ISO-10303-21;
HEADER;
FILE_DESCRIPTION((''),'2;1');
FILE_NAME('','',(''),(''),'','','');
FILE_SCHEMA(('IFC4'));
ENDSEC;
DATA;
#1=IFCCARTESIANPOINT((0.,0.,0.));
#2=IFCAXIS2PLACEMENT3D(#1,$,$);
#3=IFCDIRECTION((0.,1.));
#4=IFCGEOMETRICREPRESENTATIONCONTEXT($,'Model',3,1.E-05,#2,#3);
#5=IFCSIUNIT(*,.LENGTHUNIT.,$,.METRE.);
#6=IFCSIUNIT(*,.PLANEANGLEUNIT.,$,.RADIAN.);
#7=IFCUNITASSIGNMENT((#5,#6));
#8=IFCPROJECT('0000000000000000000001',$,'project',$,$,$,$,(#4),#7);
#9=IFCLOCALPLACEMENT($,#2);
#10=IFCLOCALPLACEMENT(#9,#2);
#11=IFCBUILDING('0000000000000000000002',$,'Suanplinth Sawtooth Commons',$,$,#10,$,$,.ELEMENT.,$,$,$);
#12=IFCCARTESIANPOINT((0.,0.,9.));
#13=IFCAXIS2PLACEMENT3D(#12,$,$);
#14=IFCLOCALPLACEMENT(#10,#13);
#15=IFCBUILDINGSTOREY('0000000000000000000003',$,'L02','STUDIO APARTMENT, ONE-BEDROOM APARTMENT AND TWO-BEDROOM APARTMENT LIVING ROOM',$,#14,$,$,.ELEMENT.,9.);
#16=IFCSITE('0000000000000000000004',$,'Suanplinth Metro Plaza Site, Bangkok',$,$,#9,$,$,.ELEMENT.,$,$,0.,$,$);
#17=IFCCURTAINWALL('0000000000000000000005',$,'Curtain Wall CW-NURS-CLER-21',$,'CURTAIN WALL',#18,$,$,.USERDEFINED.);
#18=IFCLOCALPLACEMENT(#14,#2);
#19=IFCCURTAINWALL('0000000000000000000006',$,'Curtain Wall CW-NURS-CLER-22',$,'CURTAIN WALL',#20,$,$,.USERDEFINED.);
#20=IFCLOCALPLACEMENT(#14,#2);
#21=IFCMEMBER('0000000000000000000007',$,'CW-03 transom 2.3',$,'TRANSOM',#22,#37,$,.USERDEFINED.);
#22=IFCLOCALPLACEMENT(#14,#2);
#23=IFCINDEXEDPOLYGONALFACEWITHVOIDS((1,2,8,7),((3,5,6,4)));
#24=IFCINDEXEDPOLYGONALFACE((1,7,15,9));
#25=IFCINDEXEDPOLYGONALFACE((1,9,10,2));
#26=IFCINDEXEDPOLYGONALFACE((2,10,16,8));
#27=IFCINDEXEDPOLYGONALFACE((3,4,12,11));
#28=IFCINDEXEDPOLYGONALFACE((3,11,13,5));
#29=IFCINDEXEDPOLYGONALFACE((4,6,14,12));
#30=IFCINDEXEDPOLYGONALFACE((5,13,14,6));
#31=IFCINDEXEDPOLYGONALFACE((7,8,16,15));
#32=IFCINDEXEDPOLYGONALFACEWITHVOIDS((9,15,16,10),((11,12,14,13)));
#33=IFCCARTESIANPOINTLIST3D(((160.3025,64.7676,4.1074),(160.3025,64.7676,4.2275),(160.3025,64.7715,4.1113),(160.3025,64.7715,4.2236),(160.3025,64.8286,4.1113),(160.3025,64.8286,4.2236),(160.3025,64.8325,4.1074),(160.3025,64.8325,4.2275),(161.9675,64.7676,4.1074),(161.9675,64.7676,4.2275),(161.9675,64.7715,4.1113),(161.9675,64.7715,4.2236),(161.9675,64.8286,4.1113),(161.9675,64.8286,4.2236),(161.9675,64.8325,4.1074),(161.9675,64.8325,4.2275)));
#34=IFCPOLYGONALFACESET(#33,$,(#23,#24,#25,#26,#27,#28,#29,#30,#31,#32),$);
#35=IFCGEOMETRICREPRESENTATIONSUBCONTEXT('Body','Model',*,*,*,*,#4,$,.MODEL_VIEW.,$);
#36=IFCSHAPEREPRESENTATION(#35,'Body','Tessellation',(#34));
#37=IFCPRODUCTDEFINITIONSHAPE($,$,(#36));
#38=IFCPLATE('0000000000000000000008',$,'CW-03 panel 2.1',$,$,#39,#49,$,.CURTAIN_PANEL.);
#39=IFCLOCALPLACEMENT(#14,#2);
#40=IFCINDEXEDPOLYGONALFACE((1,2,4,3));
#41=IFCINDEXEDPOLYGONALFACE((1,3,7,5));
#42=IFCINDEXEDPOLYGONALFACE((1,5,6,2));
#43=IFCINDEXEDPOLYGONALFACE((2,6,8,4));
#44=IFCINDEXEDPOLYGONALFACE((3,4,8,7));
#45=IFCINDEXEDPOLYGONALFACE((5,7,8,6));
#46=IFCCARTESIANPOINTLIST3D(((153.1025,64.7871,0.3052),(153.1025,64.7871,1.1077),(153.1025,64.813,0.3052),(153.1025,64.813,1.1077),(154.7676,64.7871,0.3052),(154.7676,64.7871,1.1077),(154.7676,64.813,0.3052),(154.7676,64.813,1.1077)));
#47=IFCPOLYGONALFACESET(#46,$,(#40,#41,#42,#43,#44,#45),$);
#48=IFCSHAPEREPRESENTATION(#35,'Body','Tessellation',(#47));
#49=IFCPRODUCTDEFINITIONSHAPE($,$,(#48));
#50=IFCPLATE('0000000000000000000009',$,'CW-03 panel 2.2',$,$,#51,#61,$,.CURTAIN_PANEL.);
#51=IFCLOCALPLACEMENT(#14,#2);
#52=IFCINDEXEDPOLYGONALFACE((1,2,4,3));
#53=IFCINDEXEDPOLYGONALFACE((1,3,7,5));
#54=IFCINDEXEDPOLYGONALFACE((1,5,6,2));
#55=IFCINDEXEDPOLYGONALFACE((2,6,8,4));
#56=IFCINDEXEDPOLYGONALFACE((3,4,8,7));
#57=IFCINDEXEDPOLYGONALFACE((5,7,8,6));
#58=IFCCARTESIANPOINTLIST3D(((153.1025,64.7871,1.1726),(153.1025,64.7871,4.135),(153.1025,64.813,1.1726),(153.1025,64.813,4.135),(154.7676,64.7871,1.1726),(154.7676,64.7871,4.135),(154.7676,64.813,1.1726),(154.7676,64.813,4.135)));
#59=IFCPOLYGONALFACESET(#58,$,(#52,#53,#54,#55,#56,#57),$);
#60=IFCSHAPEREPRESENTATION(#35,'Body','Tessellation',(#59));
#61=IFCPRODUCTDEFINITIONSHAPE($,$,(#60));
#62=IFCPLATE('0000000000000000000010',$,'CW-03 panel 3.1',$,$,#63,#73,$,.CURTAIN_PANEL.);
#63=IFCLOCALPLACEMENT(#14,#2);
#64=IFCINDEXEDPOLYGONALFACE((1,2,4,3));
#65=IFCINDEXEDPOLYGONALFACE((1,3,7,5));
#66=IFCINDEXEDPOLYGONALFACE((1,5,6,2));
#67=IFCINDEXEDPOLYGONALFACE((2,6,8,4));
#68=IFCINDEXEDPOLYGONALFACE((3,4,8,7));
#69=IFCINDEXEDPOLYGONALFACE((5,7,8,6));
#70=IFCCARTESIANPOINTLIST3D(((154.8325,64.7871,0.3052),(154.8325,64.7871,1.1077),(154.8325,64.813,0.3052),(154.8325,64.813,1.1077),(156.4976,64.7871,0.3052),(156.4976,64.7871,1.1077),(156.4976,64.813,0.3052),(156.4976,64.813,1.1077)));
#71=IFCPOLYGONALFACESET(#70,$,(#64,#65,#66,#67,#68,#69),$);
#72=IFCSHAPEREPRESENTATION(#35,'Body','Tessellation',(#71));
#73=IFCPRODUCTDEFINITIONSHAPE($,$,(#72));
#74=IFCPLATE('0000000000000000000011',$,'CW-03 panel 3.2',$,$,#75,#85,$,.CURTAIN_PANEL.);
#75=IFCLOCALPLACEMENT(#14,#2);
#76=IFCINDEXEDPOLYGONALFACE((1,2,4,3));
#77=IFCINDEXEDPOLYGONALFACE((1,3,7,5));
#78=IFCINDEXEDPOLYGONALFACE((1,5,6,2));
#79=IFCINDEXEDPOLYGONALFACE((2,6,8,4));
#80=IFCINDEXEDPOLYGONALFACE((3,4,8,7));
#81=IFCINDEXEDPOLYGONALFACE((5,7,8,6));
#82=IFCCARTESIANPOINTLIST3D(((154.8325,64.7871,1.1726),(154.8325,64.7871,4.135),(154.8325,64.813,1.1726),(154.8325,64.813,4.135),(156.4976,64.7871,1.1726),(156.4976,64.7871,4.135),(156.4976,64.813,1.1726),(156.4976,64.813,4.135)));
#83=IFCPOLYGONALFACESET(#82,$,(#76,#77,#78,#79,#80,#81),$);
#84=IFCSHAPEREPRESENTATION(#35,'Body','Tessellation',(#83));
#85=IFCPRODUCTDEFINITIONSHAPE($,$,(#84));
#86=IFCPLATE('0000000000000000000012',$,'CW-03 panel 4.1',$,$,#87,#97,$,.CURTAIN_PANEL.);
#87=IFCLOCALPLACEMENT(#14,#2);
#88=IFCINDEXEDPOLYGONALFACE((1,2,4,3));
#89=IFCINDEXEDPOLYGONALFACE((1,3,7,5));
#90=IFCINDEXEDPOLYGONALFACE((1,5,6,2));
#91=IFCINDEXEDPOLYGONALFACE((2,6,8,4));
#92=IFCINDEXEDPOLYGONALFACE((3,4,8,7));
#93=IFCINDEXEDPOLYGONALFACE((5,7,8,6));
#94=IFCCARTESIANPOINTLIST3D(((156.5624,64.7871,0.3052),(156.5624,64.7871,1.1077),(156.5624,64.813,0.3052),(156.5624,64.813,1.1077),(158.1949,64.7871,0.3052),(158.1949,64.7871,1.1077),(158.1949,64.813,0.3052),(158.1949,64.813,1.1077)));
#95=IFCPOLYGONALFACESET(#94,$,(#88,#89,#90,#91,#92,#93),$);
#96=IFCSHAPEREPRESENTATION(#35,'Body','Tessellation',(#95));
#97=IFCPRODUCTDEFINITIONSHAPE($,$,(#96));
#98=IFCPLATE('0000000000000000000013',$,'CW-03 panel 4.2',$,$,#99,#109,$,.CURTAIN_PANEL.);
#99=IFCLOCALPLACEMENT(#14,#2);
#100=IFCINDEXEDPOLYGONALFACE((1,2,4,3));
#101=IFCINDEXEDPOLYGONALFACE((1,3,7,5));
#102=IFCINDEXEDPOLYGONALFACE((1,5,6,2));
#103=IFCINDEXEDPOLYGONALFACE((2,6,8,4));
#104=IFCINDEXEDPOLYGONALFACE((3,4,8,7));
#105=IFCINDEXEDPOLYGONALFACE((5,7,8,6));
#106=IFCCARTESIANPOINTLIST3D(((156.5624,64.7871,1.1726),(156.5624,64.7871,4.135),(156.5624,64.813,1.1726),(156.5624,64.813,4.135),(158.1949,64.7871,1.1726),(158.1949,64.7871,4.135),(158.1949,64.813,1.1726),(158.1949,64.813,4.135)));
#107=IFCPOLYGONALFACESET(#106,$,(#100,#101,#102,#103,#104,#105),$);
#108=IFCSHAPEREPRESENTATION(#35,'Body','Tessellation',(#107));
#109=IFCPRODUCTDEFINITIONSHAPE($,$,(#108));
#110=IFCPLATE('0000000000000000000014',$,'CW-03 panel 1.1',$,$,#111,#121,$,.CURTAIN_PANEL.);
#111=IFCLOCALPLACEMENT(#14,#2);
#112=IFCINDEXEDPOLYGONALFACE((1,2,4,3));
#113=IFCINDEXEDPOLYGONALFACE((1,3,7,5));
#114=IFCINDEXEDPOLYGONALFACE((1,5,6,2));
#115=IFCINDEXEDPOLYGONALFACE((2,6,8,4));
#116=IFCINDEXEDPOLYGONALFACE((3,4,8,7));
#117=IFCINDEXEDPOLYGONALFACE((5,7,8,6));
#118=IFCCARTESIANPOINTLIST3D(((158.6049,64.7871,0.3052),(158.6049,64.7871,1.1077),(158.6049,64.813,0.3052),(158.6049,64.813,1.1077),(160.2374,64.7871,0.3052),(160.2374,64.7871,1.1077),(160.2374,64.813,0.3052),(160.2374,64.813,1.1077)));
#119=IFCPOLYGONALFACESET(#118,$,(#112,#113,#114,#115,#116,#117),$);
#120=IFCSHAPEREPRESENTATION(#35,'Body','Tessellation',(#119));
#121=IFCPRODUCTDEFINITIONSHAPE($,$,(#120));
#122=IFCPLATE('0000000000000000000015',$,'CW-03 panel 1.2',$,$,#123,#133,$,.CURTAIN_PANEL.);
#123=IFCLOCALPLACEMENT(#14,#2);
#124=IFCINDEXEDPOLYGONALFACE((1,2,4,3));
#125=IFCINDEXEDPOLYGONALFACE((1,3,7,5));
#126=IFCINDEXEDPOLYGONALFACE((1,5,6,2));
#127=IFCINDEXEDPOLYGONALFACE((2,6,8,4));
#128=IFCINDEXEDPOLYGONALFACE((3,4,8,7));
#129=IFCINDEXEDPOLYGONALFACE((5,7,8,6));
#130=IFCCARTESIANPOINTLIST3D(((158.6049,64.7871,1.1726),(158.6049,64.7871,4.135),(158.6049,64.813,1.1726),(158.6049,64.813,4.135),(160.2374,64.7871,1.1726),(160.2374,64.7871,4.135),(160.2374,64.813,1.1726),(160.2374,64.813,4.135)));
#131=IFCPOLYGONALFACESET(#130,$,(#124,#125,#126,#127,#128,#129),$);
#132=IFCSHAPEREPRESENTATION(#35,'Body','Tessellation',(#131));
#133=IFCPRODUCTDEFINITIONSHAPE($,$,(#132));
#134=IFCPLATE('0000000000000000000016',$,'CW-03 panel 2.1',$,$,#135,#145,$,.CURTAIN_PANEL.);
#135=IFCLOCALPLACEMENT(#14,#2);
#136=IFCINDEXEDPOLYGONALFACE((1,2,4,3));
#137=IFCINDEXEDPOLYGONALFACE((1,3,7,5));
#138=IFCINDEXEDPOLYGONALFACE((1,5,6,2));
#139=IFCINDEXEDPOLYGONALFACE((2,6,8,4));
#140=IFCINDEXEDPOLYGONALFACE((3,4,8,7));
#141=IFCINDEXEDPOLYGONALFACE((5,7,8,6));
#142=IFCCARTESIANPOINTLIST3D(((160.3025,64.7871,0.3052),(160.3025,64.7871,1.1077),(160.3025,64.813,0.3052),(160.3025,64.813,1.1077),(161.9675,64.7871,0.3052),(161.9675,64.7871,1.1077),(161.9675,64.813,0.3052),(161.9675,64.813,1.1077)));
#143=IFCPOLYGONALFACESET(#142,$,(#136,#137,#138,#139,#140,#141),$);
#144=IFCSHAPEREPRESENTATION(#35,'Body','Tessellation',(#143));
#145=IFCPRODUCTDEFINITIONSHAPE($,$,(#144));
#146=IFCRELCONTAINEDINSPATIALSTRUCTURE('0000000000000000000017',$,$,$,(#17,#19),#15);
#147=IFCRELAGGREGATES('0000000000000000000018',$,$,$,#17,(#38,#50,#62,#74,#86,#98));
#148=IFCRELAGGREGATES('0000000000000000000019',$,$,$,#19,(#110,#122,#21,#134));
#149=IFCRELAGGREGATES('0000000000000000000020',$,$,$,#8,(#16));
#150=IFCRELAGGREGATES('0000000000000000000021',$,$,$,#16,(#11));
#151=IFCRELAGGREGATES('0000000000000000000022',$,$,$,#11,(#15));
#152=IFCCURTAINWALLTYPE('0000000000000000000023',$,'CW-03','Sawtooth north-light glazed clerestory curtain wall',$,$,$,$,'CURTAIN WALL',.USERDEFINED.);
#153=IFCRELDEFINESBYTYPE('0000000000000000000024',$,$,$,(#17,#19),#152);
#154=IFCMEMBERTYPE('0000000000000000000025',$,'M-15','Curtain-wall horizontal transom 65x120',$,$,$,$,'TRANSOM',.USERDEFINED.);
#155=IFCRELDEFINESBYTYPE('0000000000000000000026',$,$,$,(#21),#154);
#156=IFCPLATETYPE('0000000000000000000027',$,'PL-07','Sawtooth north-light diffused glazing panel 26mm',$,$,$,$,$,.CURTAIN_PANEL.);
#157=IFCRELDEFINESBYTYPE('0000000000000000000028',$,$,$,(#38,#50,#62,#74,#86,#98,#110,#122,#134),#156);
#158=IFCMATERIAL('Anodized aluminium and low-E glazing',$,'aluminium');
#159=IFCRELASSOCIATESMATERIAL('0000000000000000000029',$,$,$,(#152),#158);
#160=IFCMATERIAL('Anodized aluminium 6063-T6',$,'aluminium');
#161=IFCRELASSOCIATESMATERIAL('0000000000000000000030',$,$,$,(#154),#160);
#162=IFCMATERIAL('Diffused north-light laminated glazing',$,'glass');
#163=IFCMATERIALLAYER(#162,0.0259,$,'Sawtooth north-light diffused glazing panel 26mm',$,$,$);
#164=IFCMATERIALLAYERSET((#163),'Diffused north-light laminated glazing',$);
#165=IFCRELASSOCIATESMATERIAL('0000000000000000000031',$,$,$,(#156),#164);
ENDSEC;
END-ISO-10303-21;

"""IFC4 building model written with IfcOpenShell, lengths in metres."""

from ifc_helpers import new_model, si_unit, direction, frame, origin, origin_2d, place, context, subcontext, project, spatial, rectangle, hollow_rectangle, extrude, material, layer, layer_set, material_profile, profile_set, type_object, element, aggregate, save


model = new_model("IFC4")

# Units and contexts
model_context = context("Model", 3, precision=1e-05, world=origin(), true_north=direction((0.0, 1.0)))
body_context = subcontext(model_context, "Body", "Model", "MODEL_VIEW")
ifc_project = project(units=[si_unit("LENGTHUNIT", "METRE"), si_unit("PLANEANGLEUNIT", "RADIAN")], contexts=[model_context])

# Site, building, storey
site_placement = place(None, origin())
site = spatial("IfcSite", under=ifc_project, at=site_placement, Name="Suanplinth Metro Plaza Site, Bangkok", CompositionType="ELEMENT", RefElevation=0.0)
building_placement = place(site_placement, origin())
building = spatial("IfcBuilding", under=site, at=building_placement, Name="Suanplinth Sawtooth Commons", CompositionType="ELEMENT")
storey_placement = place(building_placement, frame((0.0, 0.0, 9.0)))
storey = spatial("IfcBuildingStorey", under=building, at=storey_placement, Name="L02", Description="STUDIO APARTMENT, ONE-BEDROOM APARTMENT AND TWO-BEDROOM APARTMENT LIVING ROOM", CompositionType="ELEMENT", Elevation=9.0)

# Curtain walls
ifc_material_1 = material(Name="Anodized aluminium and low-E glazing", Category="aluminium")
curtain_wall_type = type_object("IfcCurtainWallType", Name="CW-03", Description="Sawtooth north-light glazed clerestory curtain wall", ElementType="CURTAIN WALL", PredefinedType="USERDEFINED", material=ifc_material_1)
curtain_wall_1_placement = place(storey_placement, origin())
curtain_wall_1 = element("IfcCurtainWall", 1, at=curtain_wall_1_placement, inside=storey, type_object=curtain_wall_type, Name="Curtain Wall CW-NURS-CLER-21", ObjectType="CURTAIN WALL", PredefinedType="USERDEFINED")
ifc_material_2 = material(Name="Anodized aluminium 6063-T6", Category="aluminium")
curtain_wall_2_placement = place(storey_placement, origin())
curtain_wall_2 = element("IfcCurtainWall", 2, at=curtain_wall_2_placement, inside=storey, type_object=curtain_wall_type, Name="Curtain Wall CW-NURS-CLER-22", ObjectType="CURTAIN WALL", PredefinedType="USERDEFINED")

# Member
ifc_material_profile_1 = material_profile(ifc_material_2, hollow_rectangle(XDim=0.0649, YDim=0.1201, WallThickness=0.0039, at=origin_2d()), Name="ALU-TRN 65x120")
ifc_profile_set_1 = profile_set([ifc_material_profile_1], Name="Anodized aluminium 6063-T6")
member_type_1 = type_object("IfcMemberType", Name="M-15", Description="Curtain-wall horizontal transom 65x120", ElementType="TRANSOM", PredefinedType="USERDEFINED", material=ifc_profile_set_1)
member_1_placement = place(storey_placement, frame((160.3025, 64.8, 4.1675), z_axis=(1.0, 0.0, 0.0), x_axis=(0.0, 1.0, 0.0)))
member_1 = element("IfcMember", 3, at=member_1_placement, type_object=member_type_1, Name="CW-03 transom 2.3", ObjectType="TRANSOM", PredefinedType="USERDEFINED", context=body_context, shape_type="SweptSolid", body=[
    extrude(hollow_rectangle(XDim=0.0649, YDim=0.1201, WallThickness=0.0039, at=origin_2d()), origin(), (0.0, 0.0, 1.0), 1.665),
])

# Plates
ifc_material_3 = material(Name="Diffused north-light laminated glazing", Category="glass")
ifc_layer = layer(ifc_material_3, 0.0259, Name="Sawtooth north-light diffused glazing panel 26mm")
ifc_layer_set = layer_set([ifc_layer], Name="Diffused north-light laminated glazing")
plate_type = type_object("IfcPlateType", Name="PL-07", Description="Sawtooth north-light diffused glazing panel 26mm", PredefinedType="CURTAIN_PANEL", material=ifc_layer_set)
plate_1_placement = place(storey_placement, frame((153.9351, 64.8, 0.3052), z_axis=(0.0, 0.0, 1.0), x_axis=(1.0, 0.0, 0.0)))
plate_1 = element("IfcPlate", 4, at=plate_1_placement, type_object=plate_type, Name="CW-03 panel 2.1", PredefinedType="CURTAIN_PANEL", context=body_context, shape_type="SweptSolid", body=[
    extrude(rectangle(XDim=1.665, YDim=0.0259, at=origin_2d()), origin(), (0.0, 0.0, 1.0), 0.8025),
])
plate_2_placement = place(storey_placement, frame((153.9351, 64.8, 1.1726), z_axis=(0.0, 0.0, 1.0), x_axis=(1.0, 0.0, 0.0)))
plate_2 = element("IfcPlate", 5, at=plate_2_placement, type_object=plate_type, Name="CW-03 panel 2.2", PredefinedType="CURTAIN_PANEL", context=body_context, shape_type="SweptSolid", body=[
    extrude(rectangle(XDim=1.665, YDim=0.0259, at=origin_2d()), origin(), (0.0, 0.0, 1.0), 2.9624),
])
plate_3_placement = place(storey_placement, frame((155.665, 64.8, 0.3052), z_axis=(0.0, 0.0, 1.0), x_axis=(1.0, 0.0, 0.0)))
plate_3 = element("IfcPlate", 6, at=plate_3_placement, type_object=plate_type, Name="CW-03 panel 3.1", PredefinedType="CURTAIN_PANEL", context=body_context, shape_type="SweptSolid", body=[
    extrude(rectangle(XDim=1.665, YDim=0.0259, at=origin_2d()), origin(), (0.0, 0.0, 1.0), 0.8025),
])
plate_4_placement = place(storey_placement, frame((155.665, 64.8, 1.1726), z_axis=(0.0, 0.0, 1.0), x_axis=(1.0, 0.0, 0.0)))
plate_4 = element("IfcPlate", 7, at=plate_4_placement, type_object=plate_type, Name="CW-03 panel 3.2", PredefinedType="CURTAIN_PANEL", context=body_context, shape_type="SweptSolid", body=[
    extrude(rectangle(XDim=1.665, YDim=0.0259, at=origin_2d()), origin(), (0.0, 0.0, 1.0), 2.9624),
])
plate_5_placement = place(storey_placement, frame((157.3787, 64.8, 0.3052), z_axis=(0.0, 0.0, 1.0), x_axis=(1.0, 0.0, 0.0)))
plate_5 = element("IfcPlate", 8, at=plate_5_placement, type_object=plate_type, Name="CW-03 panel 4.1", PredefinedType="CURTAIN_PANEL", context=body_context, shape_type="SweptSolid", body=[
    extrude(rectangle(XDim=1.6326, YDim=0.0259, at=origin_2d()), origin(), (0.0, 0.0, 1.0), 0.8025),
])
plate_6_placement = place(storey_placement, frame((157.3787, 64.8, 1.1726), z_axis=(0.0, 0.0, 1.0), x_axis=(1.0, 0.0, 0.0)))
plate_6 = element("IfcPlate", 9, at=plate_6_placement, type_object=plate_type, Name="CW-03 panel 4.2", PredefinedType="CURTAIN_PANEL", context=body_context, shape_type="SweptSolid", body=[
    extrude(rectangle(XDim=1.6326, YDim=0.0259, at=origin_2d()), origin(), (0.0, 0.0, 1.0), 2.9624),
])
aggregate(curtain_wall_1, [plate_1, plate_2, plate_3, plate_4, plate_5, plate_6])
plate_7_placement = place(storey_placement, frame((159.4211, 64.8, 0.3052), z_axis=(0.0, 0.0, 1.0), x_axis=(1.0, 0.0, 0.0)))
plate_7 = element("IfcPlate", 10, at=plate_7_placement, type_object=plate_type, Name="CW-03 panel 1.1", PredefinedType="CURTAIN_PANEL", context=body_context, shape_type="SweptSolid", body=[
    extrude(rectangle(XDim=1.6326, YDim=0.0259, at=origin_2d()), origin(), (0.0, 0.0, 1.0), 0.8025),
])
plate_8_placement = place(storey_placement, frame((159.4211, 64.8, 1.1726), z_axis=(0.0, 0.0, 1.0), x_axis=(1.0, 0.0, 0.0)))
plate_8 = element("IfcPlate", 11, at=plate_8_placement, type_object=plate_type, Name="CW-03 panel 1.2", PredefinedType="CURTAIN_PANEL", context=body_context, shape_type="SweptSolid", body=[
    extrude(rectangle(XDim=1.6326, YDim=0.0259, at=origin_2d()), origin(), (0.0, 0.0, 1.0), 2.9624),
])
plate_9_placement = place(storey_placement, frame((161.135, 64.8, 0.3052), z_axis=(0.0, 0.0, 1.0), x_axis=(1.0, 0.0, 0.0)))
plate_9 = element("IfcPlate", 12, at=plate_9_placement, type_object=plate_type, Name="CW-03 panel 2.1", PredefinedType="CURTAIN_PANEL", context=body_context, shape_type="SweptSolid", body=[
    extrude(rectangle(XDim=1.665, YDim=0.0259, at=origin_2d()), origin(), (0.0, 0.0, 1.0), 0.8025),
])
aggregate(curtain_wall_2, [plate_7, plate_8, member_1, plate_9])

save(model, "model.ifc")
